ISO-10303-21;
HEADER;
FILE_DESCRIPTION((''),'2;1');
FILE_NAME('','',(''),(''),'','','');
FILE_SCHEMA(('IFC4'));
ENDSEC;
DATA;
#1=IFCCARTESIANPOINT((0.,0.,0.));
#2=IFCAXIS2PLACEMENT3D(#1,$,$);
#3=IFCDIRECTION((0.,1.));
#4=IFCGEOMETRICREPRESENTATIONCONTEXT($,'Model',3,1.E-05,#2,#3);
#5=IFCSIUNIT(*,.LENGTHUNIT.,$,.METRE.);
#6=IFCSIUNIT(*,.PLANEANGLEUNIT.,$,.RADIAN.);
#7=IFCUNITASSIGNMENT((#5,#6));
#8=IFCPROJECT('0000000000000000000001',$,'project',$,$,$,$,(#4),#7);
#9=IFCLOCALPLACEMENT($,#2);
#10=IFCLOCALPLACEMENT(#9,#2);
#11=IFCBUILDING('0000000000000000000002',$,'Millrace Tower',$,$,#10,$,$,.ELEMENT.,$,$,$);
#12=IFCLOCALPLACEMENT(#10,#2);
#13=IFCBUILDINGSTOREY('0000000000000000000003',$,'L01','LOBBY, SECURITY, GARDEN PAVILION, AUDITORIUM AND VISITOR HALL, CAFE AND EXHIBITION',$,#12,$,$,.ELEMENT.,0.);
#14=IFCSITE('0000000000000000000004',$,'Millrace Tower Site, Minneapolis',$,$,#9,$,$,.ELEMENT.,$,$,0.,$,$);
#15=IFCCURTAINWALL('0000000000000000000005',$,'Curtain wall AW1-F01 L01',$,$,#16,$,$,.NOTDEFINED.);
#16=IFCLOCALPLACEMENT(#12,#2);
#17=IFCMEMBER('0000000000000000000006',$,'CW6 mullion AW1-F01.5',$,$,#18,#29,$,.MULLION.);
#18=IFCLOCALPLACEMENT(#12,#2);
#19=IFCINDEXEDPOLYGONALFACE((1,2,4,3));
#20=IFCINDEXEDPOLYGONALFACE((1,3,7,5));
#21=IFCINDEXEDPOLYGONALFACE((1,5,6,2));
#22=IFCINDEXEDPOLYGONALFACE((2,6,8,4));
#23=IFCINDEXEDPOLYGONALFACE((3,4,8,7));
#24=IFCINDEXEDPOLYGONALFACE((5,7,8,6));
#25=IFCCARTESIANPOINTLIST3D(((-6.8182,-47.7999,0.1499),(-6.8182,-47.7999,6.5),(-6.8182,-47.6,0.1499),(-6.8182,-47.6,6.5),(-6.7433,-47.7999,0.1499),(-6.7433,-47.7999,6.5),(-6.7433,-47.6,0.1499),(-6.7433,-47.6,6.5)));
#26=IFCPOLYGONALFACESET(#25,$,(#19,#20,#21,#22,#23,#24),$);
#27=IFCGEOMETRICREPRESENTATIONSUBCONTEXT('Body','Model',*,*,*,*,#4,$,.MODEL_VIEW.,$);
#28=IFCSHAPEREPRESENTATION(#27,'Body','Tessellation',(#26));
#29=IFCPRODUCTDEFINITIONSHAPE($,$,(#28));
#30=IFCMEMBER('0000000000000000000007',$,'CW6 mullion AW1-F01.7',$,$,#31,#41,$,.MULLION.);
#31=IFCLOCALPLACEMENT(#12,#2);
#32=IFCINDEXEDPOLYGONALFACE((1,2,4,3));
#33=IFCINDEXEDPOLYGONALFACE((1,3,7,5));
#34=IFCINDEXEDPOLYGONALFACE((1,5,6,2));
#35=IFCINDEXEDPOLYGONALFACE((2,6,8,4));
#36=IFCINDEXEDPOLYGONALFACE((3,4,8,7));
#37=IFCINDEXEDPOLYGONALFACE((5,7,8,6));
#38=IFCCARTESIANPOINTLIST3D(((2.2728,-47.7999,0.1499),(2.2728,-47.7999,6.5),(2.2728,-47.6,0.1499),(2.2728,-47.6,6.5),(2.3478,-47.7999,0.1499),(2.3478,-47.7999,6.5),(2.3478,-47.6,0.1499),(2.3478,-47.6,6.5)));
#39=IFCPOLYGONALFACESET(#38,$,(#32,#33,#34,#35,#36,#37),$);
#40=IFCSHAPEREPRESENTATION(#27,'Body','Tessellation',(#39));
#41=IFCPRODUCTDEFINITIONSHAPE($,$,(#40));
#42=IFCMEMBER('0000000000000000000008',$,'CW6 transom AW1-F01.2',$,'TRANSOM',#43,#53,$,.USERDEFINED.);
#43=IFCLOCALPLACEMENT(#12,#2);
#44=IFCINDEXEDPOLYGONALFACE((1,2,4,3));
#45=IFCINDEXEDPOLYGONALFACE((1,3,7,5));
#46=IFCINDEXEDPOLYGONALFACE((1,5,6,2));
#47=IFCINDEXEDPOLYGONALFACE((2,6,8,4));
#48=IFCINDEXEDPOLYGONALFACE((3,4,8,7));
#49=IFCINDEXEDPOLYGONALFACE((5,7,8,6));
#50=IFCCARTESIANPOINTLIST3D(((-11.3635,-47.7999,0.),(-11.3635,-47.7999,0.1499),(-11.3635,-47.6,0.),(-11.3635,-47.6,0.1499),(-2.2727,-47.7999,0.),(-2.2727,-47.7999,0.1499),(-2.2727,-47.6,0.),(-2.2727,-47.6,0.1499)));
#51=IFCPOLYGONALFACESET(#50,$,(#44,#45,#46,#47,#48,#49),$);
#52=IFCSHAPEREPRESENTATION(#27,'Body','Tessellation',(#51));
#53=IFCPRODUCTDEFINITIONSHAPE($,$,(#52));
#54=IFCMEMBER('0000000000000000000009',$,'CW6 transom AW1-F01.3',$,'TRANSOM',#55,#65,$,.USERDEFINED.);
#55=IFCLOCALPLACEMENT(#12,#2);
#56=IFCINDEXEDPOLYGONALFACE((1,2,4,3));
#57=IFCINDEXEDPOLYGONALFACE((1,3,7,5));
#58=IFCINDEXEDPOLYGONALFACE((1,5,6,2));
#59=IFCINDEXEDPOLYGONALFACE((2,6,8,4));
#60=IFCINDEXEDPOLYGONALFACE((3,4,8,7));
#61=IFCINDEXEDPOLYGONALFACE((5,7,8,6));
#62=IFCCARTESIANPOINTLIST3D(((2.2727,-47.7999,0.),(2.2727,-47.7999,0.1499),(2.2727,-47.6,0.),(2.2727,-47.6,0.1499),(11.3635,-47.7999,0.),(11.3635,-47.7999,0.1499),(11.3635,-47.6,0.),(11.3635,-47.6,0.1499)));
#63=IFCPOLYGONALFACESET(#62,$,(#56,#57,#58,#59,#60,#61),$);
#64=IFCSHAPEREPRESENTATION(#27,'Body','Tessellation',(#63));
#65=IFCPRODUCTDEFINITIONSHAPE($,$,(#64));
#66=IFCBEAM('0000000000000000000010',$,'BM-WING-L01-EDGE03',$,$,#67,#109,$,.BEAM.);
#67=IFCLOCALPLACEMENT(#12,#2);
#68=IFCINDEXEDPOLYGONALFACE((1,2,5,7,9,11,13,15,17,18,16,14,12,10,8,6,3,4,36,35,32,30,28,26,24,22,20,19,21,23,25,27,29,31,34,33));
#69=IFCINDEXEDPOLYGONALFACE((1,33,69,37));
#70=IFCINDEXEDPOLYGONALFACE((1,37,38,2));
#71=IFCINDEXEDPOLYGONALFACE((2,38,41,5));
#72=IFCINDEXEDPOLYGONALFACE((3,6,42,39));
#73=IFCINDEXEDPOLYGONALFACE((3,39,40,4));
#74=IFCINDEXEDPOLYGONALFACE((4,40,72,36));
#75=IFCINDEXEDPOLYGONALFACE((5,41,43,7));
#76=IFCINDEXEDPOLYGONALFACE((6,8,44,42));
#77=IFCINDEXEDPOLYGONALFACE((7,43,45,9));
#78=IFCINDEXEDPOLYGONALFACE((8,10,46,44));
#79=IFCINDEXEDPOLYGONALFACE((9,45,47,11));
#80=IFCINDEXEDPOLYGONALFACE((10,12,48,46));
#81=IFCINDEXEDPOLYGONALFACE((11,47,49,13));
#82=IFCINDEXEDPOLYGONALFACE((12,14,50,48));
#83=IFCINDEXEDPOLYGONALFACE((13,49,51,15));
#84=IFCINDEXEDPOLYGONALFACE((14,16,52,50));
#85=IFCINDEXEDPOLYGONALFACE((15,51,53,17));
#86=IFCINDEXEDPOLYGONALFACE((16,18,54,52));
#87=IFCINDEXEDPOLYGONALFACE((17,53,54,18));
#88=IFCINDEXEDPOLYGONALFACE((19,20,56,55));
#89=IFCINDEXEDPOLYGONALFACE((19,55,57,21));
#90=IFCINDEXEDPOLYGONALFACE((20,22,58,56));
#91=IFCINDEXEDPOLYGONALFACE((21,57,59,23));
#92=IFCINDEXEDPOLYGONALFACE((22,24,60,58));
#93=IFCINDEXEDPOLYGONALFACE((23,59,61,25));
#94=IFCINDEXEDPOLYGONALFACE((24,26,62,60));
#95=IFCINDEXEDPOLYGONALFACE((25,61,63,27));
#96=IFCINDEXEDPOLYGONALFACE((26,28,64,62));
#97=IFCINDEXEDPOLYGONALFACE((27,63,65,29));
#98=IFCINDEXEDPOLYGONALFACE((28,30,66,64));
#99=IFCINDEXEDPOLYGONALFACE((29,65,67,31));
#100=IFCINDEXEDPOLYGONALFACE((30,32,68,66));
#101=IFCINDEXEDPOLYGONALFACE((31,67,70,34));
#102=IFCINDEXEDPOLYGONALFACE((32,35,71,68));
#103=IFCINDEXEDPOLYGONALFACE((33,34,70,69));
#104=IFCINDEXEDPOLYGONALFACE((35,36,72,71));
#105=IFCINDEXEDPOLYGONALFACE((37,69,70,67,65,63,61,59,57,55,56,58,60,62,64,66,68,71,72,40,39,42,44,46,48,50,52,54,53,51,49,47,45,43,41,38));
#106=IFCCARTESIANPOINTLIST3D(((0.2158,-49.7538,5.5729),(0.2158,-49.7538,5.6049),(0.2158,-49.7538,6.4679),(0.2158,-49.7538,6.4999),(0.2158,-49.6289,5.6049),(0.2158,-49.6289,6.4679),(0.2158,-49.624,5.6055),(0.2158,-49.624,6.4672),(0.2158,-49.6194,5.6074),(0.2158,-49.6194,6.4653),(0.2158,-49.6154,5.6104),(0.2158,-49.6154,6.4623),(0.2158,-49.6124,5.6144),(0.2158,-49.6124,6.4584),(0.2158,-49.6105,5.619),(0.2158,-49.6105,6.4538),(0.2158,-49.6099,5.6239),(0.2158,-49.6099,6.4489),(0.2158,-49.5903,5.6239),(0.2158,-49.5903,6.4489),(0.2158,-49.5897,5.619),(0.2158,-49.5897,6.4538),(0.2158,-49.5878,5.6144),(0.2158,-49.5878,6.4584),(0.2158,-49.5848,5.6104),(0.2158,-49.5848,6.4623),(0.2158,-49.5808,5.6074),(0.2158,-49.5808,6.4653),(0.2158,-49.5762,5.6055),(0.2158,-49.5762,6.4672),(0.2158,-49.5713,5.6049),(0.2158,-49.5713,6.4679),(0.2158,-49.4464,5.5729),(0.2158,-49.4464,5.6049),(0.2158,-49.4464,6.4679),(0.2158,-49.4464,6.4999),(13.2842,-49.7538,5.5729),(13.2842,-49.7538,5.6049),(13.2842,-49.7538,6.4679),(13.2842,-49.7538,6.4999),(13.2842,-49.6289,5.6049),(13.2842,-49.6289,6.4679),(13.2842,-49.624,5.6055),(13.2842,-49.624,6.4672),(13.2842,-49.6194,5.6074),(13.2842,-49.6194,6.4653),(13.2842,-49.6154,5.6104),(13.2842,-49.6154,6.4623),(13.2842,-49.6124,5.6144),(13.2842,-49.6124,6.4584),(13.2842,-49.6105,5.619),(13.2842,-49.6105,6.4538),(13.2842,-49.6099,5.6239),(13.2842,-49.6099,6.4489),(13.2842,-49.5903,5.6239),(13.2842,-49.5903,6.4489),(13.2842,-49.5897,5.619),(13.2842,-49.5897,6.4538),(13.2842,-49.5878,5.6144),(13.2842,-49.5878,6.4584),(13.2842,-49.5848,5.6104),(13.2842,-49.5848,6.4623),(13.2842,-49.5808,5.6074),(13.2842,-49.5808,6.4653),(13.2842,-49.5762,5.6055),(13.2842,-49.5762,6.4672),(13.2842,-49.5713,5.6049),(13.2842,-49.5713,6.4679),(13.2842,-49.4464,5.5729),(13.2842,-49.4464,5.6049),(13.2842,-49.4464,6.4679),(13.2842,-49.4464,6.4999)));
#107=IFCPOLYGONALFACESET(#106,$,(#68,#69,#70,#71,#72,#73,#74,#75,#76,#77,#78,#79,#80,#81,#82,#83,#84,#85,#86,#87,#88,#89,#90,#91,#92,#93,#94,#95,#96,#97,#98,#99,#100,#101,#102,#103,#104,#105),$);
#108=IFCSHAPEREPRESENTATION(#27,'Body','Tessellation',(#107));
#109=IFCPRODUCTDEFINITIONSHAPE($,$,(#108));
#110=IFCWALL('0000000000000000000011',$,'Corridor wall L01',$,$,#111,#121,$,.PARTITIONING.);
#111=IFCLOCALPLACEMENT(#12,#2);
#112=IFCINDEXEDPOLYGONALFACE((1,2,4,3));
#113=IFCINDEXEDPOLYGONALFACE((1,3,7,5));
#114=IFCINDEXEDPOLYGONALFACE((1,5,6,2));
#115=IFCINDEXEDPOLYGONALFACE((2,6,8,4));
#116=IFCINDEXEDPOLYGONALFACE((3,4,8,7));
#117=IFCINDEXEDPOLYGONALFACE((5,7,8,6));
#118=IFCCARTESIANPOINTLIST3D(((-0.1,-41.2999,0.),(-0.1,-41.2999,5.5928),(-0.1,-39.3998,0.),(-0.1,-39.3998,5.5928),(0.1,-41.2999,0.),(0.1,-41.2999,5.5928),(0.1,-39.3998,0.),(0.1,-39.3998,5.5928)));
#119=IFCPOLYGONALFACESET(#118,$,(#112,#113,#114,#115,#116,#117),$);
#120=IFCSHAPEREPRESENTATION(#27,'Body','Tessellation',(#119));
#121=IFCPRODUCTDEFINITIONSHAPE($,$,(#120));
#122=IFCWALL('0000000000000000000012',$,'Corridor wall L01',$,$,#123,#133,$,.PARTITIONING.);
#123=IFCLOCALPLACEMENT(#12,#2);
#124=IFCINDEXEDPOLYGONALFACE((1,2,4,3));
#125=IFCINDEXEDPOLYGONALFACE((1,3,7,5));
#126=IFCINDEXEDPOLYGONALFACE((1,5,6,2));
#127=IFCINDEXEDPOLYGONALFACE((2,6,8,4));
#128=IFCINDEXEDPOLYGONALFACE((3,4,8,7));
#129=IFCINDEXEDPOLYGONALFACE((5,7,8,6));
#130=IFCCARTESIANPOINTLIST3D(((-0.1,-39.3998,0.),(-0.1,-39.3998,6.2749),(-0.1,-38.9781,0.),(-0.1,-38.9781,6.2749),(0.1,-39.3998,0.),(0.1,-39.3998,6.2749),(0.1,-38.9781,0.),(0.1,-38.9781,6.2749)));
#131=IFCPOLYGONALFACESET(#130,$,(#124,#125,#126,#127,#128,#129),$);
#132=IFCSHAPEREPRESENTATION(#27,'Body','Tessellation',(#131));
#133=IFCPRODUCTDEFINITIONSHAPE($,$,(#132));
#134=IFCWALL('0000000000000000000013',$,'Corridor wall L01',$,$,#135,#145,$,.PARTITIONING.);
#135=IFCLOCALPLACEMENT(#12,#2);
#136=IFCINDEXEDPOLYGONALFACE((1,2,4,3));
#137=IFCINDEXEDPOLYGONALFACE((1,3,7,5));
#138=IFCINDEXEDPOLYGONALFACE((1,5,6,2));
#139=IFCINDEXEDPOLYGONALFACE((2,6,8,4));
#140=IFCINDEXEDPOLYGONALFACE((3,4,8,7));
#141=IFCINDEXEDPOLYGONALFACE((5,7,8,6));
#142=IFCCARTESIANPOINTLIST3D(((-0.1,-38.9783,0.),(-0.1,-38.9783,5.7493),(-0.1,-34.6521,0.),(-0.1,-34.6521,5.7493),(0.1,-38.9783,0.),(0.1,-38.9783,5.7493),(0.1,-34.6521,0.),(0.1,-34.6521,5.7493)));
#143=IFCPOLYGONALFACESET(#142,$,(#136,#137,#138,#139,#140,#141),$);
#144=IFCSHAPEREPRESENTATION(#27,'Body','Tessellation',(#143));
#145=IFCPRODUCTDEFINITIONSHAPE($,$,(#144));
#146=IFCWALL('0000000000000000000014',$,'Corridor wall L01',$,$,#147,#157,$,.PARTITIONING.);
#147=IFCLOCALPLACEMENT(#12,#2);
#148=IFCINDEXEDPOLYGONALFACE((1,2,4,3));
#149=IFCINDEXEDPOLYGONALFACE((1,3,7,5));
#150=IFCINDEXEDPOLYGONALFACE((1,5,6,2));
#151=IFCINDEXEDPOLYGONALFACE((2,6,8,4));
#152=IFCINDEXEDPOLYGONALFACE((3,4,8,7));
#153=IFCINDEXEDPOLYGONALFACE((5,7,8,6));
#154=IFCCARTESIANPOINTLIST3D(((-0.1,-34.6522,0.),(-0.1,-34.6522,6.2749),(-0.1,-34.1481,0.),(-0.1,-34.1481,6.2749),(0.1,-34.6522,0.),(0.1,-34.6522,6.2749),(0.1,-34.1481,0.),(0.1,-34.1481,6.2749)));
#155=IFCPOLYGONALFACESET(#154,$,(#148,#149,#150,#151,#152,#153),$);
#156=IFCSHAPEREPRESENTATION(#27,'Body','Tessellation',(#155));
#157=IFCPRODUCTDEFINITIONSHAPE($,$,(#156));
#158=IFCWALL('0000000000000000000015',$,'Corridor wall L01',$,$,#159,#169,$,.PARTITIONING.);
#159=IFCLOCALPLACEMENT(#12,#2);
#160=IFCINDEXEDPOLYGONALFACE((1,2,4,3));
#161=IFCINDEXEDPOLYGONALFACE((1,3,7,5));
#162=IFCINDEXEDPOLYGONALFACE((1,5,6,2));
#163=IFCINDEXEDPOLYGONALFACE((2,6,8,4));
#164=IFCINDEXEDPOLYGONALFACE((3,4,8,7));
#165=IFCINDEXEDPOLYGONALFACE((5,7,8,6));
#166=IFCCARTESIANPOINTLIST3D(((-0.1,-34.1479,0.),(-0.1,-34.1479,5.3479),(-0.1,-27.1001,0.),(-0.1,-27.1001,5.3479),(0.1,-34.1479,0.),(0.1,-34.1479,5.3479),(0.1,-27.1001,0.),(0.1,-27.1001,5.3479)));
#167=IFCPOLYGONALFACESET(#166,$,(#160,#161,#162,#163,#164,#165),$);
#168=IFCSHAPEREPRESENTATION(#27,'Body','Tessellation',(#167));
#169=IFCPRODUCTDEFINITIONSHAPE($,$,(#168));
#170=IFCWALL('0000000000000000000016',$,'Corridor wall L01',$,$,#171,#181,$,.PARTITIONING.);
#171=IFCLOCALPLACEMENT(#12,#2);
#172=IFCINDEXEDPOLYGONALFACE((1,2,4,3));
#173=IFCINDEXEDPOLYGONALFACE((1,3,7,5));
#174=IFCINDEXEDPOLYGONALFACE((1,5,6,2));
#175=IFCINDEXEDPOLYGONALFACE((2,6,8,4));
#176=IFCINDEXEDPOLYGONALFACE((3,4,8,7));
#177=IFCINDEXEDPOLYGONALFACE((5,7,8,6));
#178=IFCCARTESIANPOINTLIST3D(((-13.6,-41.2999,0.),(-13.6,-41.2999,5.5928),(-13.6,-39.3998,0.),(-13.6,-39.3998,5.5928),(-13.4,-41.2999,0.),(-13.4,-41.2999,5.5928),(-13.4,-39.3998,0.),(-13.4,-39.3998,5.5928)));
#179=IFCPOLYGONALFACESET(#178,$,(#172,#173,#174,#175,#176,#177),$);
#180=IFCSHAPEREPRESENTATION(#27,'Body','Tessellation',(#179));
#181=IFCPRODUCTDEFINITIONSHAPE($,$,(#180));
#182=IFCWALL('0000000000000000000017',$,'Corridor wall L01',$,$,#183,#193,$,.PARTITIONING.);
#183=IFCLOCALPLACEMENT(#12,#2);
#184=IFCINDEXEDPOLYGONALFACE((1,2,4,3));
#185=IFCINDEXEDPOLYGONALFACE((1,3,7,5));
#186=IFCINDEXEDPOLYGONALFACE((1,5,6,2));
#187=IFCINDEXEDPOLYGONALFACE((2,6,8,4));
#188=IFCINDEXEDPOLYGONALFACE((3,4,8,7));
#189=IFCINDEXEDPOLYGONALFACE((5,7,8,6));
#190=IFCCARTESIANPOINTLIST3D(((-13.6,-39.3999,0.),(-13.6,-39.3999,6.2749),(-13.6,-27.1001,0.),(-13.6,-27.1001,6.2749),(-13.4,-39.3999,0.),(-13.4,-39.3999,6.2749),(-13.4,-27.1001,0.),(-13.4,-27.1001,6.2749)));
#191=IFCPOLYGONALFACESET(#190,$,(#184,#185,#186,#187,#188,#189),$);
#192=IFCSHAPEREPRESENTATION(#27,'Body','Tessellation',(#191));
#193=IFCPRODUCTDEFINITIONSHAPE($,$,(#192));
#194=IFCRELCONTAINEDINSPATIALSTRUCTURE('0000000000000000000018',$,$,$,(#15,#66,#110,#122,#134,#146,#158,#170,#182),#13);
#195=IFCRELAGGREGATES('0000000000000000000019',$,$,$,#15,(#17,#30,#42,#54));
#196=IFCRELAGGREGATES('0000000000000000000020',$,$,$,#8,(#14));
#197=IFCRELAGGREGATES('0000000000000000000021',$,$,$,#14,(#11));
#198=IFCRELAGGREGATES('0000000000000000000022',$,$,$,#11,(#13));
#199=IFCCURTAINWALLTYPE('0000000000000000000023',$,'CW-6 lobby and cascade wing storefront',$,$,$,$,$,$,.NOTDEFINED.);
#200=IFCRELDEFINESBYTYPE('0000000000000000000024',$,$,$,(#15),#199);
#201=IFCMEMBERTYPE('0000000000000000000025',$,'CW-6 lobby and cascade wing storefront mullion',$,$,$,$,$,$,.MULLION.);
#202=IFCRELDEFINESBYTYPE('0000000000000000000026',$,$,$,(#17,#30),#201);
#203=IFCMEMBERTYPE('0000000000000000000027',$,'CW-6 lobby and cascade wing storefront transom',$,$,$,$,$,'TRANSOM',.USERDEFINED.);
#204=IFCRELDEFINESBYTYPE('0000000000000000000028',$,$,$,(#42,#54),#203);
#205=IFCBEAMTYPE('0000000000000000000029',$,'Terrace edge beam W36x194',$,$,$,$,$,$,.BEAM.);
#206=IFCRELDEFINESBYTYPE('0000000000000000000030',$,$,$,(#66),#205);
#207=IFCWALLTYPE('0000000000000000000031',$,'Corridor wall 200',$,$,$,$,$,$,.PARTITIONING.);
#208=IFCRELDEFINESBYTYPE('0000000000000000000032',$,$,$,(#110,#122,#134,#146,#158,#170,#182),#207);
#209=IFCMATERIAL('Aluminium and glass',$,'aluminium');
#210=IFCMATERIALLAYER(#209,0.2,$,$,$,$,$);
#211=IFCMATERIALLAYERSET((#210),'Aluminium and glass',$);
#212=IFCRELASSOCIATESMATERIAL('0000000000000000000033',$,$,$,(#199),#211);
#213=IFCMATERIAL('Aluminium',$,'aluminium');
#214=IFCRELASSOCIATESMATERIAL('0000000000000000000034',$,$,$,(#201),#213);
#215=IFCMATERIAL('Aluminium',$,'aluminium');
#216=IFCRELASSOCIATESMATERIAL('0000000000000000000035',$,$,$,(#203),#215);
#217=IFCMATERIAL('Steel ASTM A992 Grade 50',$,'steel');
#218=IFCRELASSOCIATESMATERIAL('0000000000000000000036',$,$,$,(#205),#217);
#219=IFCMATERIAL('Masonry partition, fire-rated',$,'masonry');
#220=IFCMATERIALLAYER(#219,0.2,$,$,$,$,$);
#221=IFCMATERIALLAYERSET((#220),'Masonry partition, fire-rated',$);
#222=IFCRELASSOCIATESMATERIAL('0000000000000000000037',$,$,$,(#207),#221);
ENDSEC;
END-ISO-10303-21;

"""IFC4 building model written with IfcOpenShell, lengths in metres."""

from ifc_helpers import new_model, si_unit, direction, frame, frame_2d, origin, origin_2d, place, context, subcontext, project, spatial, rectangle, i_section, extrude, material, layer, layer_set, material_profile, profile_set, type_object, element, aggregate, save


model = new_model("IFC4")

# Units and contexts
model_context = context("Model", 3, precision=1e-05, world=origin(), true_north=direction((0.0, 1.0)))
body_context = subcontext(model_context, "Body", "Model", "MODEL_VIEW")
ifc_project = project(units=[si_unit("LENGTHUNIT", "METRE"), si_unit("PLANEANGLEUNIT", "RADIAN")], contexts=[model_context])

# Site, building, storey
site_placement = place(None, origin())
site = spatial("IfcSite", under=ifc_project, at=site_placement, Name="Millrace Tower Site, Minneapolis", CompositionType="ELEMENT", RefElevation=0.0)
building_placement = place(site_placement, origin())
building = spatial("IfcBuilding", under=site, at=building_placement, Name="Millrace Tower", CompositionType="ELEMENT")
storey_placement = place(building_placement, origin())
storey = spatial("IfcBuildingStorey", under=building, at=storey_placement, Name="L01", Description="LOBBY, SECURITY, GARDEN PAVILION, AUDITORIUM AND VISITOR HALL, CAFE AND EXHIBITION", CompositionType="ELEMENT", Elevation=0.0)

# Curtain wall, members
ifc_material_1 = material(Name="Aluminium and glass", Category="aluminium")
ifc_layer_1 = layer(ifc_material_1, 0.2)
ifc_layer_set_1 = layer_set([ifc_layer_1], Name="Aluminium and glass")
curtain_wall_type = type_object("IfcCurtainWallType", Name="CW-6 lobby and cascade wing storefront", PredefinedType="NOTDEFINED", material=ifc_layer_set_1)
curtain_wall_placement = place(storey_placement, origin())
curtain_wall = element("IfcCurtainWall", 1, at=curtain_wall_placement, inside=storey, type_object=curtain_wall_type, Name="Curtain wall AW1-F01 L01", PredefinedType="NOTDEFINED")
ifc_material_2 = material(Name="Aluminium", Category="aluminium")
ifc_material_profile_1 = material_profile(ifc_material_2, rectangle(XDim=0.075, YDim=0.2, at=origin_2d()))
ifc_profile_set_1 = profile_set([ifc_material_profile_1], Name="Aluminium")
member_type_1 = type_object("IfcMemberType", Name="CW-6 lobby and cascade wing storefront mullion", PredefinedType="MULLION", material=ifc_profile_set_1)
member_1_placement = place(storey_placement, frame((-6.7808, -47.7, 0.1499), z_axis=(0.0, 0.0, 1.0), x_axis=(1.0, 0.0, 0.0)))
member_1 = element("IfcMember", 2, at=member_1_placement, type_object=member_type_1, Name="CW6 mullion AW1-F01.5", PredefinedType="MULLION", context=body_context, shape_type="SweptSolid", body=[
    extrude(rectangle(XDim=0.075, YDim=0.2, at=origin_2d()), origin(), (0.0, 0.0, 1.0), 6.3501),
])
member_2_placement = place(storey_placement, frame((2.3103, -47.7, 0.1499), z_axis=(0.0, 0.0, 1.0), x_axis=(1.0, 0.0, 0.0)))
member_2 = element("IfcMember", 3, at=member_2_placement, type_object=member_type_1, Name="CW6 mullion AW1-F01.7", PredefinedType="MULLION", context=body_context, shape_type="SweptSolid", body=[
    extrude(rectangle(XDim=0.075, YDim=0.2, at=origin_2d()), origin(), (0.0, 0.0, 1.0), 6.3501),
])
ifc_material_3 = material(Name="Aluminium", Category="aluminium")
ifc_material_profile_2 = material_profile(ifc_material_3, rectangle(XDim=0.2, YDim=0.1499, at=origin_2d()))
ifc_profile_set_2 = profile_set([ifc_material_profile_2], Name="Aluminium")
member_type_2 = type_object("IfcMemberType", Name="CW-6 lobby and cascade wing storefront transom", ElementType="TRANSOM", PredefinedType="USERDEFINED", material=ifc_profile_set_2)
member_3_placement = place(storey_placement, frame((-11.3635, -47.7, 0.075), z_axis=(1.0, 0.0, 0.0), x_axis=(0.0, 1.0, 0.0)))
member_3 = element("IfcMember", 4, at=member_3_placement, type_object=member_type_2, Name="CW6 transom AW1-F01.2", ObjectType="TRANSOM", PredefinedType="USERDEFINED", context=body_context, shape_type="SweptSolid", body=[
    extrude(rectangle(XDim=0.2, YDim=0.1499, at=origin_2d()), origin(), (0.0, 0.0, 1.0), 9.0908),
])
member_4_placement = place(storey_placement, frame((2.2727, -47.7, 0.075), z_axis=(1.0, 0.0, 0.0), x_axis=(0.0, 1.0, 0.0)))
member_4 = element("IfcMember", 5, at=member_4_placement, type_object=member_type_2, Name="CW6 transom AW1-F01.3", ObjectType="TRANSOM", PredefinedType="USERDEFINED", context=body_context, shape_type="SweptSolid", body=[
    extrude(rectangle(XDim=0.2, YDim=0.1499, at=origin_2d()), origin(), (0.0, 0.0, 1.0), 9.0908),
])
aggregate(curtain_wall, [member_1, member_2, member_3, member_4])

# Beam
ifc_material_4 = material(Name="Steel ASTM A992 Grade 50", Category="steel")
ifc_material_profile_3 = material_profile(ifc_material_4, i_section(OverallWidth=0.3074, OverallDepth=0.927, WebThickness=0.0195, FlangeThickness=0.032, FilletRadius=0.019, at=origin_2d()))
ifc_profile_set_3 = profile_set([ifc_material_profile_3], Name="Steel ASTM A992 Grade 50")
beam_type = type_object("IfcBeamType", Name="Terrace edge beam W36x194", PredefinedType="BEAM", material=ifc_profile_set_3)
beam_placement = place(storey_placement, frame((0.2158, -49.6001, 6.0364), z_axis=(1.0, 0.0, 0.0), x_axis=(0.0, 1.0, 0.0)))
element("IfcBeam", 6, at=beam_placement, inside=storey, type_object=beam_type, Name="BM-WING-L01-EDGE03", PredefinedType="BEAM", context=body_context, shape_type="SweptSolid", body=[
    extrude(i_section(OverallWidth=0.3074, OverallDepth=0.927, WebThickness=0.0195, FlangeThickness=0.032, FilletRadius=0.019, at=origin_2d()), origin(), (0.0, 0.0, 1.0), 13.0684),
])

# Walls
ifc_material_5 = material(Name="Masonry partition, fire-rated", Category="masonry")
ifc_layer_2 = layer(ifc_material_5, 0.2)
ifc_layer_set_2 = layer_set([ifc_layer_2], Name="Masonry partition, fire-rated")
wall_type_1 = type_object("IfcWallType", Name="Corridor wall 200", PredefinedType="PARTITIONING", material=ifc_layer_set_2)
wall_1_placement = place(storey_placement, frame((0.0, -41.3, 0.0), z_axis=(0.0, 0.0, 1.0), x_axis=(0.0, 1.0, 0.0)))
element("IfcWall", 7, at=wall_1_placement, inside=storey, type_object=wall_type_1, Name="Corridor wall L01", PredefinedType="PARTITIONING", context=body_context, shape_type="SweptSolid", body=[
    extrude(rectangle(XDim=1.9001, YDim=0.2, at=frame_2d((0.9502, 0.0))), origin(), (0.0, 0.0, 1.0), 5.5928),
])
wall_2_placement = place(storey_placement, frame((0.0, -39.3999, 0.0), z_axis=(0.0, 0.0, 1.0), x_axis=(0.0, 1.0, 0.0)))
element("IfcWall", 8, at=wall_2_placement, inside=storey, type_object=wall_type_1, Name="Corridor wall L01", PredefinedType="PARTITIONING", context=body_context, shape_type="SweptSolid", body=[
    extrude(rectangle(XDim=0.4216, YDim=0.2, at=frame_2d((0.2109, 0.0))), origin(), (0.0, 0.0, 1.0), 6.2749),
])
wall_3_placement = place(storey_placement, frame((0.0, -38.9783, 0.0), z_axis=(0.0, 0.0, 1.0), x_axis=(0.0, 1.0, 0.0)))
element("IfcWall", 9, at=wall_3_placement, inside=storey, type_object=wall_type_1, Name="Corridor wall L01", PredefinedType="PARTITIONING", context=body_context, shape_type="SweptSolid", body=[
    extrude(rectangle(XDim=4.3262, YDim=0.2, at=frame_2d((2.1631, 0.0))), origin(), (0.0, 0.0, 1.0), 5.7493),
])
wall_4_placement = place(storey_placement, frame((0.0, -34.6521, 0.0), z_axis=(0.0, 0.0, 1.0), x_axis=(0.0, 1.0, 0.0)))
element("IfcWall", 10, at=wall_4_placement, inside=storey, type_object=wall_type_1, Name="Corridor wall L01", PredefinedType="PARTITIONING", context=body_context, shape_type="SweptSolid", body=[
    extrude(rectangle(XDim=0.5042, YDim=0.2, at=frame_2d((0.252, 0.0))), origin(), (0.0, 0.0, 1.0), 6.2749),
])
wall_5_placement = place(storey_placement, frame((0.0, -34.1479, 0.0), z_axis=(0.0, 0.0, 1.0), x_axis=(0.0, 1.0, 0.0)))
element("IfcWall", 11, at=wall_5_placement, inside=storey, type_object=wall_type_1, Name="Corridor wall L01", PredefinedType="PARTITIONING", context=body_context, shape_type="SweptSolid", body=[
    extrude(rectangle(XDim=7.0479, YDim=0.2, at=frame_2d((3.5239, 0.0))), origin(), (0.0, 0.0, 1.0), 5.3479),
])
wall_6_placement = place(storey_placement, frame((-13.5, -41.3, 0.0), z_axis=(0.0, 0.0, 1.0), x_axis=(0.0, 1.0, 0.0)))
element("IfcWall", 12, at=wall_6_placement, inside=storey, type_object=wall_type_1, Name="Corridor wall L01", PredefinedType="PARTITIONING", context=body_context, shape_type="SweptSolid", body=[
    extrude(rectangle(XDim=1.9001, YDim=0.2, at=frame_2d((0.9502, 0.0))), origin(), (0.0, 0.0, 1.0), 5.5928),
])
wall_7_placement = place(storey_placement, frame((-13.5, -39.3999, 0.0), z_axis=(0.0, 0.0, 1.0), x_axis=(0.0, 1.0, 0.0)))
element("IfcWall", 13, at=wall_7_placement, inside=storey, type_object=wall_type_1, Name="Corridor wall L01", PredefinedType="PARTITIONING", context=body_context, shape_type="SweptSolid", body=[
    extrude(rectangle(XDim=12.2998, YDim=0.2, at=frame_2d((6.1499, 0.0))), origin(), (0.0, 0.0, 1.0), 6.2749),
])

save(model, "model.ifc")
